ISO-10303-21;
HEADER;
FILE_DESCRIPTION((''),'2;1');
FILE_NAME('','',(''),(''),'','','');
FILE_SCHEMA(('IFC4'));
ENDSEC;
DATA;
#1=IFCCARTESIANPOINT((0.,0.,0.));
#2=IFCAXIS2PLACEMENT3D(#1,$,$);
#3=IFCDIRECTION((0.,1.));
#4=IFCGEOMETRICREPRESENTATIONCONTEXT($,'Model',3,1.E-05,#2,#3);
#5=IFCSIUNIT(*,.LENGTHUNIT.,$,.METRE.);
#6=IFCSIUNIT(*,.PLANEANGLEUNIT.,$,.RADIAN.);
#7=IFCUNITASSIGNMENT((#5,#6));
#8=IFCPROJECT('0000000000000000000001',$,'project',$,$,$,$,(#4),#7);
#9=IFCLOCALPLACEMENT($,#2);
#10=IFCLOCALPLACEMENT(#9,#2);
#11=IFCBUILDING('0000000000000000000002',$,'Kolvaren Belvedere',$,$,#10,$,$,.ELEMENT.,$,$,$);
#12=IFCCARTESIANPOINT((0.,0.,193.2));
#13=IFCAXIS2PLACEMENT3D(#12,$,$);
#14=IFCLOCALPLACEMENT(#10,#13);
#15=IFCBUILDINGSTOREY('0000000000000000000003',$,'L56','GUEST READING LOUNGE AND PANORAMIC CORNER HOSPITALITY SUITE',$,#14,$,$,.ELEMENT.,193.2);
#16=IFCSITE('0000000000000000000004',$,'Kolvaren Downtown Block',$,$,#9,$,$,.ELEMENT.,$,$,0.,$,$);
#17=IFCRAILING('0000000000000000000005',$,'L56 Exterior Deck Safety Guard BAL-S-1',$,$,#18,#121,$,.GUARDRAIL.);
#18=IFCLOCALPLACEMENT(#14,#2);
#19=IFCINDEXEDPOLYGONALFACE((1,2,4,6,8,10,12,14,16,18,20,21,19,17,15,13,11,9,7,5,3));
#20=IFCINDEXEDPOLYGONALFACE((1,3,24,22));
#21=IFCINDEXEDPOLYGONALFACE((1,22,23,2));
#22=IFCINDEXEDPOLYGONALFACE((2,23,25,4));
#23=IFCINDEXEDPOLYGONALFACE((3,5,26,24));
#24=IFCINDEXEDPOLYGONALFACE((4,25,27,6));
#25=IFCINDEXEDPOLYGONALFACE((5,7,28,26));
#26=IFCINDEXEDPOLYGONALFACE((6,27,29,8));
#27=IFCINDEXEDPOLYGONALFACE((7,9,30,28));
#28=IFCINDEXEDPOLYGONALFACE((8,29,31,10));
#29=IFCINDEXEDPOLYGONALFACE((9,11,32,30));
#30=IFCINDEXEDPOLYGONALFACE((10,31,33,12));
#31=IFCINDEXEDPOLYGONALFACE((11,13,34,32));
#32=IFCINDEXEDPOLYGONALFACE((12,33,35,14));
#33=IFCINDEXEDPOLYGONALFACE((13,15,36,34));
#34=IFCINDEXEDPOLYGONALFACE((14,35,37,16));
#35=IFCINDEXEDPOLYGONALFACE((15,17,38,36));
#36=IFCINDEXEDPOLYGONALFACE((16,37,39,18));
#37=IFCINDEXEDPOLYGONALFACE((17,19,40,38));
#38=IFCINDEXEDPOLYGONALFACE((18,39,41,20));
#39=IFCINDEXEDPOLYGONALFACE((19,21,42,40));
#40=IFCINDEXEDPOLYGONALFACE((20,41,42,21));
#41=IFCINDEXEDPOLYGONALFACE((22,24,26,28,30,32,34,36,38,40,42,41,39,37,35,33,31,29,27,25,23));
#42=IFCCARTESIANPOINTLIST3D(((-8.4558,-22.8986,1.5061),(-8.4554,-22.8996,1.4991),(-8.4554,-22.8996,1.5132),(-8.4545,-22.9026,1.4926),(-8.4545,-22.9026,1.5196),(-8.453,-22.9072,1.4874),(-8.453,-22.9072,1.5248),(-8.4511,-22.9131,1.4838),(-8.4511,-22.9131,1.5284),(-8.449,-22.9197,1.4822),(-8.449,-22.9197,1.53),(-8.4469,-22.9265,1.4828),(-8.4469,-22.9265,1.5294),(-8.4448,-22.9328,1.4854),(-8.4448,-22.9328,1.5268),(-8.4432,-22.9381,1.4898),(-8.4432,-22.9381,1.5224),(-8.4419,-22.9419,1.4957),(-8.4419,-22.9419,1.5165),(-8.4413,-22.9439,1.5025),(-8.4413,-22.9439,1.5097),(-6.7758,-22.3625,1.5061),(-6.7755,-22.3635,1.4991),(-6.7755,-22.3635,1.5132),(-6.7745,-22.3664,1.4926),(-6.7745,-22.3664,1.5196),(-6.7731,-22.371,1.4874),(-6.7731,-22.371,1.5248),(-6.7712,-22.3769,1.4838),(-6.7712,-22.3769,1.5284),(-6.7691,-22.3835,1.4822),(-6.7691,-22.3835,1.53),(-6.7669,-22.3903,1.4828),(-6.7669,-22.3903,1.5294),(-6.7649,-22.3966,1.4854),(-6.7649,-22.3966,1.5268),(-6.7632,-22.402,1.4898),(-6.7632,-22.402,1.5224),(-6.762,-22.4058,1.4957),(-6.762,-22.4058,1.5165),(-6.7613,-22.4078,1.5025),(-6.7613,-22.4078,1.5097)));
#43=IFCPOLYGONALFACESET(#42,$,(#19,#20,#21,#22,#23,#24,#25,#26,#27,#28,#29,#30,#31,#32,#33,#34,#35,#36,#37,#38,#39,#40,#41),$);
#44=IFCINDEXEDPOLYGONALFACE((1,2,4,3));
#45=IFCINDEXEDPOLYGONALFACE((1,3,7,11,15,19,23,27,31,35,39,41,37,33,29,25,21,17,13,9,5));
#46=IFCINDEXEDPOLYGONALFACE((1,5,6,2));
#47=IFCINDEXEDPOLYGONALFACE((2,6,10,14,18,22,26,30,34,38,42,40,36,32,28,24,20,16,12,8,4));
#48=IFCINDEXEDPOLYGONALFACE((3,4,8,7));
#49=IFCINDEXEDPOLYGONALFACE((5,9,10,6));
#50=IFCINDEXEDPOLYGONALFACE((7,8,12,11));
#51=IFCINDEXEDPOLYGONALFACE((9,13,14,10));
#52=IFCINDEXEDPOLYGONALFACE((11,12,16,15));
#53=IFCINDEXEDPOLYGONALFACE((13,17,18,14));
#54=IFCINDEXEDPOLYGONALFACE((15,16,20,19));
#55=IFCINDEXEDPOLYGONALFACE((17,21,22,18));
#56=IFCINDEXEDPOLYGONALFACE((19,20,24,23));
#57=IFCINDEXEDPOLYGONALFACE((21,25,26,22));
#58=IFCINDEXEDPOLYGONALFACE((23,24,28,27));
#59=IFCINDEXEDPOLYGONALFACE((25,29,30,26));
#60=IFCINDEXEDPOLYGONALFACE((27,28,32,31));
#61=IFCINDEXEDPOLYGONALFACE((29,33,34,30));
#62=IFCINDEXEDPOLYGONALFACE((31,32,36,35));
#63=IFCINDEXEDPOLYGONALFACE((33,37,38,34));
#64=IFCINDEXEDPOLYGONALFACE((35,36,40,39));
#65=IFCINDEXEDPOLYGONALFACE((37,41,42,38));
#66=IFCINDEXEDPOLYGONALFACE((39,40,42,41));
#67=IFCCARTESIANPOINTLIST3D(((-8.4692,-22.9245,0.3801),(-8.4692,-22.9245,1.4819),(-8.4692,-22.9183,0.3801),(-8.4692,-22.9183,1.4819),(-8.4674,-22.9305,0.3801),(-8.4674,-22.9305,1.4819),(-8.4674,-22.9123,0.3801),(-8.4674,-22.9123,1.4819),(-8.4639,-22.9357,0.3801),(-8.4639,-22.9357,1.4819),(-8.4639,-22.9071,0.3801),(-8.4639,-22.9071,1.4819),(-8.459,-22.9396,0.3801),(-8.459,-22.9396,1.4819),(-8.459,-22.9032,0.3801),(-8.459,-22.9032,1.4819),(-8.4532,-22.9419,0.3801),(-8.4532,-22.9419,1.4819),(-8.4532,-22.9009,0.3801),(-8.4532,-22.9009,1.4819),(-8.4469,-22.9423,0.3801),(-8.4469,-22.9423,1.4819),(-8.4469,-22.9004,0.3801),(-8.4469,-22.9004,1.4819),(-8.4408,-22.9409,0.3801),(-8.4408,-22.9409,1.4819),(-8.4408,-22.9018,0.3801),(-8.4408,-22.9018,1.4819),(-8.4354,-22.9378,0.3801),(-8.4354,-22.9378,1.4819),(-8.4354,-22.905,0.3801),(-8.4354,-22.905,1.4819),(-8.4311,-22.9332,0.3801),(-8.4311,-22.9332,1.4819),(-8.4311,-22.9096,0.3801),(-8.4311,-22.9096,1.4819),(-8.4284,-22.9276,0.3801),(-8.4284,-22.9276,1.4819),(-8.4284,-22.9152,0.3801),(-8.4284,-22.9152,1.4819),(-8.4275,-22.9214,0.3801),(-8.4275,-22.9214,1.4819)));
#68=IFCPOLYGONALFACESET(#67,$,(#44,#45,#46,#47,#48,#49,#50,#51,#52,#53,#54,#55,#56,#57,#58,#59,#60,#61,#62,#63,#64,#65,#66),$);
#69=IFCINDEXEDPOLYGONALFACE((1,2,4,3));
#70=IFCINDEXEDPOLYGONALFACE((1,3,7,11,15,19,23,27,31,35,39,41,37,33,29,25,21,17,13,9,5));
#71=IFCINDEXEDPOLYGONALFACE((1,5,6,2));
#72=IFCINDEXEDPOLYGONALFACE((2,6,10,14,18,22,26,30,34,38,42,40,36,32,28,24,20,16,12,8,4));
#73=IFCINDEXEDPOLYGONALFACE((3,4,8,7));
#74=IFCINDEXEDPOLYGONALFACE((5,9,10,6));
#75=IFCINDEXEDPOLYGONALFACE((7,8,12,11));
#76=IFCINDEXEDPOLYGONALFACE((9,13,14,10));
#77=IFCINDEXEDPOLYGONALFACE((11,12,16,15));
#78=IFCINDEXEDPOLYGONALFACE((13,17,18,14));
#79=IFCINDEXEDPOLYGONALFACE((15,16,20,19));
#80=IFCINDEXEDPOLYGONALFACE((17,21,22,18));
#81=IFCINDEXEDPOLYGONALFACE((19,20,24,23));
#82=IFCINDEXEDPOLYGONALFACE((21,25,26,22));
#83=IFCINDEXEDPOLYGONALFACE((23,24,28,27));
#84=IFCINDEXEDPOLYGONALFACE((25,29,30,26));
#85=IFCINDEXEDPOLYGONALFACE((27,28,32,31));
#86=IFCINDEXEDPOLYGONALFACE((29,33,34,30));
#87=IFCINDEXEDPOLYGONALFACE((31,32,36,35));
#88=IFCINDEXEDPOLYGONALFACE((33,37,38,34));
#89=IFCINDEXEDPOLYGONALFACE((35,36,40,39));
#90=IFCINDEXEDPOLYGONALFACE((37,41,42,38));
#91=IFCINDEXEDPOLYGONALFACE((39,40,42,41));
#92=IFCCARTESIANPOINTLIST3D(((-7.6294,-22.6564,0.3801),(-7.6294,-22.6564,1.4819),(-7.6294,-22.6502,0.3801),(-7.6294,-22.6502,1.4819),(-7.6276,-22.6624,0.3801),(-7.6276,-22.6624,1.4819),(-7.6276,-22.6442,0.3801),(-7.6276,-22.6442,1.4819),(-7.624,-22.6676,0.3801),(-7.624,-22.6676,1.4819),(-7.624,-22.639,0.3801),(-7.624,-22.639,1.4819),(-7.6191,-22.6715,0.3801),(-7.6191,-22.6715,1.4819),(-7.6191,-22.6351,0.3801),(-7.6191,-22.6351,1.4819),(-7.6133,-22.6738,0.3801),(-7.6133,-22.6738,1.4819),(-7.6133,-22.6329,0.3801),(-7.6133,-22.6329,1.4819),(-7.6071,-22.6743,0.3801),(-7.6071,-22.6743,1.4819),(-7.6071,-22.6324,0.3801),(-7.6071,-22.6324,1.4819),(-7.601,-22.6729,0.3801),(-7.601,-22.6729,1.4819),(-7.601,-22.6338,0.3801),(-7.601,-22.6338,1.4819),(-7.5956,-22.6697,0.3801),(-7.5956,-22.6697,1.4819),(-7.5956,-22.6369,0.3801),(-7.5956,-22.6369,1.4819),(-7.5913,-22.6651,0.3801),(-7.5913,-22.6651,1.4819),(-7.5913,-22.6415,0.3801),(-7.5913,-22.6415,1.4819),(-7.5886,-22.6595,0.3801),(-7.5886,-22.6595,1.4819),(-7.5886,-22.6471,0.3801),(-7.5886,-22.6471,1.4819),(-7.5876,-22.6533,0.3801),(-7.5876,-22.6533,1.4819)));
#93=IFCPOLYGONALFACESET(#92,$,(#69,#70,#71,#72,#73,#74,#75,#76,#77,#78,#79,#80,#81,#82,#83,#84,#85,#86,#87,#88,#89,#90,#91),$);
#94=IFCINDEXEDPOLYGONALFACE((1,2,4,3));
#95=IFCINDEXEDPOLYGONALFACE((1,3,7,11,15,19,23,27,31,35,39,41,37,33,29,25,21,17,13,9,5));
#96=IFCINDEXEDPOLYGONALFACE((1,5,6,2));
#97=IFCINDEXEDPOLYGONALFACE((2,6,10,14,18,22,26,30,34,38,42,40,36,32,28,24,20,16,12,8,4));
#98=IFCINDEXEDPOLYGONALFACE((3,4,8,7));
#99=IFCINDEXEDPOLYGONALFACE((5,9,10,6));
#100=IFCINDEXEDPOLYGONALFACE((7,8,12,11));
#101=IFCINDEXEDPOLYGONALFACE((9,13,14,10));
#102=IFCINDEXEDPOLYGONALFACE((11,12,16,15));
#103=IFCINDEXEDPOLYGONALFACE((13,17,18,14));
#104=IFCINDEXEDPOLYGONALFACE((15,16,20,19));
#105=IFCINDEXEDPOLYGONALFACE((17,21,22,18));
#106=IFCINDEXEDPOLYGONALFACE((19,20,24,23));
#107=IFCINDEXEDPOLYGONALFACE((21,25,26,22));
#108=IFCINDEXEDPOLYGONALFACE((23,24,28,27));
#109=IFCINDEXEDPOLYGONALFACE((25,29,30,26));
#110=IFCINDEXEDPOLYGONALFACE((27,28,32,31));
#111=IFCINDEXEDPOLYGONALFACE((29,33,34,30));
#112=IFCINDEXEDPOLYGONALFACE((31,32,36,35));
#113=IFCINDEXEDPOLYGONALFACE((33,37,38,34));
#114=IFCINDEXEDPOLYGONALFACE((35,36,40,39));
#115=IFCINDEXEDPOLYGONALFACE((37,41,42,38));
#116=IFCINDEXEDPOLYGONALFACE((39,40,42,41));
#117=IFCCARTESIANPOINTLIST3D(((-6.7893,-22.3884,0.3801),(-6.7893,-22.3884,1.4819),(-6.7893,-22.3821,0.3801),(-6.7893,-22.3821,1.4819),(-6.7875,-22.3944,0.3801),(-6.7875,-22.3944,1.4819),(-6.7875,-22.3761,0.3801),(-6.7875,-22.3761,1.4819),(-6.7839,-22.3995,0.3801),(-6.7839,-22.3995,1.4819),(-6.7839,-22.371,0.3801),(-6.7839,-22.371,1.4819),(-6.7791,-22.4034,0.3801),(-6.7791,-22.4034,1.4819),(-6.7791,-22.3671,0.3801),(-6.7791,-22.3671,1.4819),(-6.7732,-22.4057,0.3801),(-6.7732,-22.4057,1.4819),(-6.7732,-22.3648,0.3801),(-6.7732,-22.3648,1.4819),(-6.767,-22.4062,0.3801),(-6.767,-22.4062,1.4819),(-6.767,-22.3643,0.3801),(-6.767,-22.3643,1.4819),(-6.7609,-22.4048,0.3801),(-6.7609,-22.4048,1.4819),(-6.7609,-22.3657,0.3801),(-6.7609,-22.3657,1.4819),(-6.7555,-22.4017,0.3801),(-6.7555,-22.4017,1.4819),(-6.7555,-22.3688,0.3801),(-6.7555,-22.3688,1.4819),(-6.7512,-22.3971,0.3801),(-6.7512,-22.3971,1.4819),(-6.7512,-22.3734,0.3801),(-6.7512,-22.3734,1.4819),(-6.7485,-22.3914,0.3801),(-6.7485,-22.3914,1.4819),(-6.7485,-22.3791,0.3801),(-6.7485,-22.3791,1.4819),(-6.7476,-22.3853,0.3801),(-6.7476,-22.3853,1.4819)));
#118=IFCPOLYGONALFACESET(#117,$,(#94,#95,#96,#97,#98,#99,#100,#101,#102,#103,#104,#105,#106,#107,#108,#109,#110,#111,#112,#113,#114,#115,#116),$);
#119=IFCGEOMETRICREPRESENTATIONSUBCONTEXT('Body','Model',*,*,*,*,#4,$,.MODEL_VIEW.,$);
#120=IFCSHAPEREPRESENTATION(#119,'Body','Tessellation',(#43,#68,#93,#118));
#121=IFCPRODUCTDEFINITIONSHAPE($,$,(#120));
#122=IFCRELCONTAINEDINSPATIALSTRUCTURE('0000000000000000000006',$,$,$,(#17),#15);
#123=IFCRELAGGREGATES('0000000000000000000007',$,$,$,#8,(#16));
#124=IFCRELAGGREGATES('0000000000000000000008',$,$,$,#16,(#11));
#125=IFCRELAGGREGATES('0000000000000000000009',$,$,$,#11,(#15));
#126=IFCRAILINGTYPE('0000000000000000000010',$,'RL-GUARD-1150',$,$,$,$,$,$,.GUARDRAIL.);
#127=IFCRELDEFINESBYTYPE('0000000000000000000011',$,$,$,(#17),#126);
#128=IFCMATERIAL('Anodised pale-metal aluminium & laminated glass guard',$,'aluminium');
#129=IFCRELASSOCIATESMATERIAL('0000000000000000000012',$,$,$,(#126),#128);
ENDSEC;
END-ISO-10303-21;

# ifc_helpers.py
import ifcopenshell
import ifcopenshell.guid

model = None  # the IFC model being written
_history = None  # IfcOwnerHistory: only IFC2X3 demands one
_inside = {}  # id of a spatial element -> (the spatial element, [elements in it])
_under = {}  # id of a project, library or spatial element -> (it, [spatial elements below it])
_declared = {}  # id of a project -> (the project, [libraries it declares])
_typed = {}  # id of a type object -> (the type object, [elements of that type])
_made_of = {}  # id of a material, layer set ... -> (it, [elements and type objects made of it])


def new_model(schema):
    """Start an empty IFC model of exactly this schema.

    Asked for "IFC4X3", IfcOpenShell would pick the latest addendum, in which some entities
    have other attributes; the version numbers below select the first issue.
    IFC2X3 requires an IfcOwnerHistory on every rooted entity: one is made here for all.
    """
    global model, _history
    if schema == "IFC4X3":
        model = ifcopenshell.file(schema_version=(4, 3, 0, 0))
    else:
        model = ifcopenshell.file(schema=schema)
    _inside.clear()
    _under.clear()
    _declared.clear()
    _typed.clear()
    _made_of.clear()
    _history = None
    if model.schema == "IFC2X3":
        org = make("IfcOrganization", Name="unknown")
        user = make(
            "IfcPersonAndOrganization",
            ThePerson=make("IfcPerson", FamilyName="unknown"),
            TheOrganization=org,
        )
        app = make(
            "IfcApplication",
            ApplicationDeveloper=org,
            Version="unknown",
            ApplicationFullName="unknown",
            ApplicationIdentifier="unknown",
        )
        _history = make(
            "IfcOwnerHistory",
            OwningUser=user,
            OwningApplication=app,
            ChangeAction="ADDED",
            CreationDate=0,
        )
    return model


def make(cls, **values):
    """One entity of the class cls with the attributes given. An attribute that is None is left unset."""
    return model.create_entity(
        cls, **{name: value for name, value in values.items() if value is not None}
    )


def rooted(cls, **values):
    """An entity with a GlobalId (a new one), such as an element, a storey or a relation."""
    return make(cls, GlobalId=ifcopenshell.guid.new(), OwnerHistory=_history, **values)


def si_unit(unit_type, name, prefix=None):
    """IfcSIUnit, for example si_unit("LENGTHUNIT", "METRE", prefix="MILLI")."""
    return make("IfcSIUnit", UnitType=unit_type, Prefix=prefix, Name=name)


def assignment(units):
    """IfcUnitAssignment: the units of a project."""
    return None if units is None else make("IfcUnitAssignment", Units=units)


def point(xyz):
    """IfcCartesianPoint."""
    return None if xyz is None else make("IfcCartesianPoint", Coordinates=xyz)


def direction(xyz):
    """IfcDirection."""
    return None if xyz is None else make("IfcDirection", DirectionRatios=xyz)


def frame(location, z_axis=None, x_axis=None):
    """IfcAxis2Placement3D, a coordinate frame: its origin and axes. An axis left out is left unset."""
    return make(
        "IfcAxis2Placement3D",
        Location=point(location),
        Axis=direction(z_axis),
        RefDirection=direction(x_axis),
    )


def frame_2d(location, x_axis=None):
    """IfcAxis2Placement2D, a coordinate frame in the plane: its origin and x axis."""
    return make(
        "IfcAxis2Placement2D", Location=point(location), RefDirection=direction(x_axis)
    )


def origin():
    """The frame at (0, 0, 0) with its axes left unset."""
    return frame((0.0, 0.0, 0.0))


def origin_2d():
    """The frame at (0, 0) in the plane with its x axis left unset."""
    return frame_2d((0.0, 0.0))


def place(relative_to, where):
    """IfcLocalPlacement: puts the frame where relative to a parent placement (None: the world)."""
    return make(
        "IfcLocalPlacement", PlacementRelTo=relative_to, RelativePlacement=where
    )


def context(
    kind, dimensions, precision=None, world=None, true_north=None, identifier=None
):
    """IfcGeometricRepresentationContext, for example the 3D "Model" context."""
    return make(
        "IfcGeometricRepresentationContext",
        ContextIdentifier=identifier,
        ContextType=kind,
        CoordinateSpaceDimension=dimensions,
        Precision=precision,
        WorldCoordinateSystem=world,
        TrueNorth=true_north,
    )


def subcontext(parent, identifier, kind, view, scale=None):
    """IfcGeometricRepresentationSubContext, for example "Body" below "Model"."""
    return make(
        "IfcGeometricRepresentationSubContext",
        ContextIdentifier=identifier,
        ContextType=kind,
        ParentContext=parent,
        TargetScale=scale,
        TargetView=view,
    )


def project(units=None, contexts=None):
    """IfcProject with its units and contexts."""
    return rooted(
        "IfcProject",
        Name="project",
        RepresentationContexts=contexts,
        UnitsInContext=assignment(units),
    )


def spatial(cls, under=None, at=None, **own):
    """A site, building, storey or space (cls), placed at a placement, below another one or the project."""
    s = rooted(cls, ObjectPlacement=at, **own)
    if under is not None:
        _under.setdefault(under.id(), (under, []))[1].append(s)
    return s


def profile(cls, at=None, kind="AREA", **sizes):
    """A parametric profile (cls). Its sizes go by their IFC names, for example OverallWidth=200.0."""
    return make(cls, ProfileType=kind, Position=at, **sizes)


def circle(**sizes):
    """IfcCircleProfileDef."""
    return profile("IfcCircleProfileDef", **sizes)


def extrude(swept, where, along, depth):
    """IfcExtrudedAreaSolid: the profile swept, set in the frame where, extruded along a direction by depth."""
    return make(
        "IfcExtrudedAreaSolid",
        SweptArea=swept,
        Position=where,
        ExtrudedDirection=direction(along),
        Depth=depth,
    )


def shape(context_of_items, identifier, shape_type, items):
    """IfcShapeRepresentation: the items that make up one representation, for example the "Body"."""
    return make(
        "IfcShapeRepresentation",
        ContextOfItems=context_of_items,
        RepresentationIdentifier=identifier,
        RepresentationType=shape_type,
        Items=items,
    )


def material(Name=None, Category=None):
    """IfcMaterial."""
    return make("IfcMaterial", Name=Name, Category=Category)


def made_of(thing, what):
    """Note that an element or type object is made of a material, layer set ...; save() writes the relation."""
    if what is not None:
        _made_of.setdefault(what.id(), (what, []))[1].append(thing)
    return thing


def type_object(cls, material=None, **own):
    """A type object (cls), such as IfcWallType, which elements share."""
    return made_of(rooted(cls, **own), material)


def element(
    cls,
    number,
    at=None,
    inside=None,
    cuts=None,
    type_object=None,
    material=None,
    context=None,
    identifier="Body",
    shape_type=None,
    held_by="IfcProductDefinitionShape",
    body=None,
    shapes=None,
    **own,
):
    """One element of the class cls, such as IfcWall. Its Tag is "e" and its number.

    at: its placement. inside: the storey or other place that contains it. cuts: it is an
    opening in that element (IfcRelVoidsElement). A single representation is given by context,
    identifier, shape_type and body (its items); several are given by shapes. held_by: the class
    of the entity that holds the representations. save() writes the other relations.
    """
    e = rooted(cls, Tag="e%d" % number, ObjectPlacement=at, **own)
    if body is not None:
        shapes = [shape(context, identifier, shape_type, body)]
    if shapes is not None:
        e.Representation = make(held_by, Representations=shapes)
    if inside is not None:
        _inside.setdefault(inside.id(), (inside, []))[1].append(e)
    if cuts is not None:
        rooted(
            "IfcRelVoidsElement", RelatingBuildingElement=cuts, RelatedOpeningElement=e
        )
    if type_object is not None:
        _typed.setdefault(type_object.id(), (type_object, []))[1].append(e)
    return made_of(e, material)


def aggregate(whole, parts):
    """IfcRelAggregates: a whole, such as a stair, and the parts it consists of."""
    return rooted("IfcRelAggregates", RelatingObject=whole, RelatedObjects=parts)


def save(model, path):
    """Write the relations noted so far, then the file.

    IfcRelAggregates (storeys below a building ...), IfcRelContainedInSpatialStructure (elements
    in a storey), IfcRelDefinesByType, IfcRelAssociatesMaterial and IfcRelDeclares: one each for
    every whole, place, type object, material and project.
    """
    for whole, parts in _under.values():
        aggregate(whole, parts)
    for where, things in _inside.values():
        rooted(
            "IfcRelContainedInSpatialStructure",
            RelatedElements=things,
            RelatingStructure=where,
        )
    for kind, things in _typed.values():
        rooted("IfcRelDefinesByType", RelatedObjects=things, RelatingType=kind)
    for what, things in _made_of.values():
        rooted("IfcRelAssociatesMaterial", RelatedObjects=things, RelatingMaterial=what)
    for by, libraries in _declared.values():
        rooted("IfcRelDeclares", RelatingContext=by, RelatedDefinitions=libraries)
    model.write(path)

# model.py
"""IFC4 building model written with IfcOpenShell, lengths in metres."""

from ifc_helpers import new_model, si_unit, direction, frame, origin, origin_2d, place, context, subcontext, project, spatial, circle, extrude, material, type_object, element, save


model = new_model("IFC4")

# Units and contexts
model_context = context("Model", 3, precision=1e-05, world=origin(), true_north=direction((0.0, 1.0)))
body_context = subcontext(model_context, "Body", "Model", "MODEL_VIEW")
ifc_project = project(units=[si_unit("LENGTHUNIT", "METRE"), si_unit("PLANEANGLEUNIT", "RADIAN")], contexts=[model_context])

# Site, building, storey
site_placement = place(None, origin())
site = spatial("IfcSite", under=ifc_project, at=site_placement, Name="Kolvaren Downtown Block", CompositionType="ELEMENT", RefElevation=0.0)
building_placement = place(site_placement, origin())
building = spatial("IfcBuilding", under=site, at=building_placement, Name="Kolvaren Belvedere", CompositionType="ELEMENT")
storey_placement = place(building_placement, frame((0.0, 0.0, 193.2)))
storey = spatial("IfcBuildingStorey", under=building, at=storey_placement, Name="L56", Description="GUEST READING LOUNGE AND PANORAMIC CORNER HOSPITALITY SUITE", CompositionType="ELEMENT", Elevation=193.2)

# Railing
ifc_material_1 = material(Name="Anodised pale-metal aluminium & laminated glass guard", Category="aluminium")
railing_type = type_object("IfcRailingType", Name="RL-GUARD-1150", PredefinedType="GUARDRAIL", material=ifc_material_1)
railing_placement = place(storey_placement, frame((-8.4485, -22.9214, 0.3801)))
element("IfcRailing", 1, at=railing_placement, inside=storey, type_object=railing_type, Name="L56 Exterior Deck Safety Guard BAL-S-1", PredefinedType="GUARDRAIL", context=body_context, shape_type="SweptSolid", body=[
    extrude(circle(Radius=0.0239, at=origin_2d()), frame((0.0, 0.0, 1.126), z_axis=(0.952662, 0.304032, 0.0), x_axis=(-0.304032, 0.952662, 0.0)), (0.0, 0.0, 1.0), 1.7634),
    extrude(circle(Radius=0.021, at=origin_2d()), origin(), (0.0, 0.0, 1.0), 1.1018),
    extrude(circle(Radius=0.021, at=origin_2d()), frame((0.8398, 0.2681, 0.0)), (0.0, 0.0, 1.0), 1.1018),
    extrude(circle(Radius=0.021, at=origin_2d()), frame((1.6799, 0.5361, 0.0)), (0.0, 0.0, 1.0), 1.1018),
])

save(model, "model.ifc")
